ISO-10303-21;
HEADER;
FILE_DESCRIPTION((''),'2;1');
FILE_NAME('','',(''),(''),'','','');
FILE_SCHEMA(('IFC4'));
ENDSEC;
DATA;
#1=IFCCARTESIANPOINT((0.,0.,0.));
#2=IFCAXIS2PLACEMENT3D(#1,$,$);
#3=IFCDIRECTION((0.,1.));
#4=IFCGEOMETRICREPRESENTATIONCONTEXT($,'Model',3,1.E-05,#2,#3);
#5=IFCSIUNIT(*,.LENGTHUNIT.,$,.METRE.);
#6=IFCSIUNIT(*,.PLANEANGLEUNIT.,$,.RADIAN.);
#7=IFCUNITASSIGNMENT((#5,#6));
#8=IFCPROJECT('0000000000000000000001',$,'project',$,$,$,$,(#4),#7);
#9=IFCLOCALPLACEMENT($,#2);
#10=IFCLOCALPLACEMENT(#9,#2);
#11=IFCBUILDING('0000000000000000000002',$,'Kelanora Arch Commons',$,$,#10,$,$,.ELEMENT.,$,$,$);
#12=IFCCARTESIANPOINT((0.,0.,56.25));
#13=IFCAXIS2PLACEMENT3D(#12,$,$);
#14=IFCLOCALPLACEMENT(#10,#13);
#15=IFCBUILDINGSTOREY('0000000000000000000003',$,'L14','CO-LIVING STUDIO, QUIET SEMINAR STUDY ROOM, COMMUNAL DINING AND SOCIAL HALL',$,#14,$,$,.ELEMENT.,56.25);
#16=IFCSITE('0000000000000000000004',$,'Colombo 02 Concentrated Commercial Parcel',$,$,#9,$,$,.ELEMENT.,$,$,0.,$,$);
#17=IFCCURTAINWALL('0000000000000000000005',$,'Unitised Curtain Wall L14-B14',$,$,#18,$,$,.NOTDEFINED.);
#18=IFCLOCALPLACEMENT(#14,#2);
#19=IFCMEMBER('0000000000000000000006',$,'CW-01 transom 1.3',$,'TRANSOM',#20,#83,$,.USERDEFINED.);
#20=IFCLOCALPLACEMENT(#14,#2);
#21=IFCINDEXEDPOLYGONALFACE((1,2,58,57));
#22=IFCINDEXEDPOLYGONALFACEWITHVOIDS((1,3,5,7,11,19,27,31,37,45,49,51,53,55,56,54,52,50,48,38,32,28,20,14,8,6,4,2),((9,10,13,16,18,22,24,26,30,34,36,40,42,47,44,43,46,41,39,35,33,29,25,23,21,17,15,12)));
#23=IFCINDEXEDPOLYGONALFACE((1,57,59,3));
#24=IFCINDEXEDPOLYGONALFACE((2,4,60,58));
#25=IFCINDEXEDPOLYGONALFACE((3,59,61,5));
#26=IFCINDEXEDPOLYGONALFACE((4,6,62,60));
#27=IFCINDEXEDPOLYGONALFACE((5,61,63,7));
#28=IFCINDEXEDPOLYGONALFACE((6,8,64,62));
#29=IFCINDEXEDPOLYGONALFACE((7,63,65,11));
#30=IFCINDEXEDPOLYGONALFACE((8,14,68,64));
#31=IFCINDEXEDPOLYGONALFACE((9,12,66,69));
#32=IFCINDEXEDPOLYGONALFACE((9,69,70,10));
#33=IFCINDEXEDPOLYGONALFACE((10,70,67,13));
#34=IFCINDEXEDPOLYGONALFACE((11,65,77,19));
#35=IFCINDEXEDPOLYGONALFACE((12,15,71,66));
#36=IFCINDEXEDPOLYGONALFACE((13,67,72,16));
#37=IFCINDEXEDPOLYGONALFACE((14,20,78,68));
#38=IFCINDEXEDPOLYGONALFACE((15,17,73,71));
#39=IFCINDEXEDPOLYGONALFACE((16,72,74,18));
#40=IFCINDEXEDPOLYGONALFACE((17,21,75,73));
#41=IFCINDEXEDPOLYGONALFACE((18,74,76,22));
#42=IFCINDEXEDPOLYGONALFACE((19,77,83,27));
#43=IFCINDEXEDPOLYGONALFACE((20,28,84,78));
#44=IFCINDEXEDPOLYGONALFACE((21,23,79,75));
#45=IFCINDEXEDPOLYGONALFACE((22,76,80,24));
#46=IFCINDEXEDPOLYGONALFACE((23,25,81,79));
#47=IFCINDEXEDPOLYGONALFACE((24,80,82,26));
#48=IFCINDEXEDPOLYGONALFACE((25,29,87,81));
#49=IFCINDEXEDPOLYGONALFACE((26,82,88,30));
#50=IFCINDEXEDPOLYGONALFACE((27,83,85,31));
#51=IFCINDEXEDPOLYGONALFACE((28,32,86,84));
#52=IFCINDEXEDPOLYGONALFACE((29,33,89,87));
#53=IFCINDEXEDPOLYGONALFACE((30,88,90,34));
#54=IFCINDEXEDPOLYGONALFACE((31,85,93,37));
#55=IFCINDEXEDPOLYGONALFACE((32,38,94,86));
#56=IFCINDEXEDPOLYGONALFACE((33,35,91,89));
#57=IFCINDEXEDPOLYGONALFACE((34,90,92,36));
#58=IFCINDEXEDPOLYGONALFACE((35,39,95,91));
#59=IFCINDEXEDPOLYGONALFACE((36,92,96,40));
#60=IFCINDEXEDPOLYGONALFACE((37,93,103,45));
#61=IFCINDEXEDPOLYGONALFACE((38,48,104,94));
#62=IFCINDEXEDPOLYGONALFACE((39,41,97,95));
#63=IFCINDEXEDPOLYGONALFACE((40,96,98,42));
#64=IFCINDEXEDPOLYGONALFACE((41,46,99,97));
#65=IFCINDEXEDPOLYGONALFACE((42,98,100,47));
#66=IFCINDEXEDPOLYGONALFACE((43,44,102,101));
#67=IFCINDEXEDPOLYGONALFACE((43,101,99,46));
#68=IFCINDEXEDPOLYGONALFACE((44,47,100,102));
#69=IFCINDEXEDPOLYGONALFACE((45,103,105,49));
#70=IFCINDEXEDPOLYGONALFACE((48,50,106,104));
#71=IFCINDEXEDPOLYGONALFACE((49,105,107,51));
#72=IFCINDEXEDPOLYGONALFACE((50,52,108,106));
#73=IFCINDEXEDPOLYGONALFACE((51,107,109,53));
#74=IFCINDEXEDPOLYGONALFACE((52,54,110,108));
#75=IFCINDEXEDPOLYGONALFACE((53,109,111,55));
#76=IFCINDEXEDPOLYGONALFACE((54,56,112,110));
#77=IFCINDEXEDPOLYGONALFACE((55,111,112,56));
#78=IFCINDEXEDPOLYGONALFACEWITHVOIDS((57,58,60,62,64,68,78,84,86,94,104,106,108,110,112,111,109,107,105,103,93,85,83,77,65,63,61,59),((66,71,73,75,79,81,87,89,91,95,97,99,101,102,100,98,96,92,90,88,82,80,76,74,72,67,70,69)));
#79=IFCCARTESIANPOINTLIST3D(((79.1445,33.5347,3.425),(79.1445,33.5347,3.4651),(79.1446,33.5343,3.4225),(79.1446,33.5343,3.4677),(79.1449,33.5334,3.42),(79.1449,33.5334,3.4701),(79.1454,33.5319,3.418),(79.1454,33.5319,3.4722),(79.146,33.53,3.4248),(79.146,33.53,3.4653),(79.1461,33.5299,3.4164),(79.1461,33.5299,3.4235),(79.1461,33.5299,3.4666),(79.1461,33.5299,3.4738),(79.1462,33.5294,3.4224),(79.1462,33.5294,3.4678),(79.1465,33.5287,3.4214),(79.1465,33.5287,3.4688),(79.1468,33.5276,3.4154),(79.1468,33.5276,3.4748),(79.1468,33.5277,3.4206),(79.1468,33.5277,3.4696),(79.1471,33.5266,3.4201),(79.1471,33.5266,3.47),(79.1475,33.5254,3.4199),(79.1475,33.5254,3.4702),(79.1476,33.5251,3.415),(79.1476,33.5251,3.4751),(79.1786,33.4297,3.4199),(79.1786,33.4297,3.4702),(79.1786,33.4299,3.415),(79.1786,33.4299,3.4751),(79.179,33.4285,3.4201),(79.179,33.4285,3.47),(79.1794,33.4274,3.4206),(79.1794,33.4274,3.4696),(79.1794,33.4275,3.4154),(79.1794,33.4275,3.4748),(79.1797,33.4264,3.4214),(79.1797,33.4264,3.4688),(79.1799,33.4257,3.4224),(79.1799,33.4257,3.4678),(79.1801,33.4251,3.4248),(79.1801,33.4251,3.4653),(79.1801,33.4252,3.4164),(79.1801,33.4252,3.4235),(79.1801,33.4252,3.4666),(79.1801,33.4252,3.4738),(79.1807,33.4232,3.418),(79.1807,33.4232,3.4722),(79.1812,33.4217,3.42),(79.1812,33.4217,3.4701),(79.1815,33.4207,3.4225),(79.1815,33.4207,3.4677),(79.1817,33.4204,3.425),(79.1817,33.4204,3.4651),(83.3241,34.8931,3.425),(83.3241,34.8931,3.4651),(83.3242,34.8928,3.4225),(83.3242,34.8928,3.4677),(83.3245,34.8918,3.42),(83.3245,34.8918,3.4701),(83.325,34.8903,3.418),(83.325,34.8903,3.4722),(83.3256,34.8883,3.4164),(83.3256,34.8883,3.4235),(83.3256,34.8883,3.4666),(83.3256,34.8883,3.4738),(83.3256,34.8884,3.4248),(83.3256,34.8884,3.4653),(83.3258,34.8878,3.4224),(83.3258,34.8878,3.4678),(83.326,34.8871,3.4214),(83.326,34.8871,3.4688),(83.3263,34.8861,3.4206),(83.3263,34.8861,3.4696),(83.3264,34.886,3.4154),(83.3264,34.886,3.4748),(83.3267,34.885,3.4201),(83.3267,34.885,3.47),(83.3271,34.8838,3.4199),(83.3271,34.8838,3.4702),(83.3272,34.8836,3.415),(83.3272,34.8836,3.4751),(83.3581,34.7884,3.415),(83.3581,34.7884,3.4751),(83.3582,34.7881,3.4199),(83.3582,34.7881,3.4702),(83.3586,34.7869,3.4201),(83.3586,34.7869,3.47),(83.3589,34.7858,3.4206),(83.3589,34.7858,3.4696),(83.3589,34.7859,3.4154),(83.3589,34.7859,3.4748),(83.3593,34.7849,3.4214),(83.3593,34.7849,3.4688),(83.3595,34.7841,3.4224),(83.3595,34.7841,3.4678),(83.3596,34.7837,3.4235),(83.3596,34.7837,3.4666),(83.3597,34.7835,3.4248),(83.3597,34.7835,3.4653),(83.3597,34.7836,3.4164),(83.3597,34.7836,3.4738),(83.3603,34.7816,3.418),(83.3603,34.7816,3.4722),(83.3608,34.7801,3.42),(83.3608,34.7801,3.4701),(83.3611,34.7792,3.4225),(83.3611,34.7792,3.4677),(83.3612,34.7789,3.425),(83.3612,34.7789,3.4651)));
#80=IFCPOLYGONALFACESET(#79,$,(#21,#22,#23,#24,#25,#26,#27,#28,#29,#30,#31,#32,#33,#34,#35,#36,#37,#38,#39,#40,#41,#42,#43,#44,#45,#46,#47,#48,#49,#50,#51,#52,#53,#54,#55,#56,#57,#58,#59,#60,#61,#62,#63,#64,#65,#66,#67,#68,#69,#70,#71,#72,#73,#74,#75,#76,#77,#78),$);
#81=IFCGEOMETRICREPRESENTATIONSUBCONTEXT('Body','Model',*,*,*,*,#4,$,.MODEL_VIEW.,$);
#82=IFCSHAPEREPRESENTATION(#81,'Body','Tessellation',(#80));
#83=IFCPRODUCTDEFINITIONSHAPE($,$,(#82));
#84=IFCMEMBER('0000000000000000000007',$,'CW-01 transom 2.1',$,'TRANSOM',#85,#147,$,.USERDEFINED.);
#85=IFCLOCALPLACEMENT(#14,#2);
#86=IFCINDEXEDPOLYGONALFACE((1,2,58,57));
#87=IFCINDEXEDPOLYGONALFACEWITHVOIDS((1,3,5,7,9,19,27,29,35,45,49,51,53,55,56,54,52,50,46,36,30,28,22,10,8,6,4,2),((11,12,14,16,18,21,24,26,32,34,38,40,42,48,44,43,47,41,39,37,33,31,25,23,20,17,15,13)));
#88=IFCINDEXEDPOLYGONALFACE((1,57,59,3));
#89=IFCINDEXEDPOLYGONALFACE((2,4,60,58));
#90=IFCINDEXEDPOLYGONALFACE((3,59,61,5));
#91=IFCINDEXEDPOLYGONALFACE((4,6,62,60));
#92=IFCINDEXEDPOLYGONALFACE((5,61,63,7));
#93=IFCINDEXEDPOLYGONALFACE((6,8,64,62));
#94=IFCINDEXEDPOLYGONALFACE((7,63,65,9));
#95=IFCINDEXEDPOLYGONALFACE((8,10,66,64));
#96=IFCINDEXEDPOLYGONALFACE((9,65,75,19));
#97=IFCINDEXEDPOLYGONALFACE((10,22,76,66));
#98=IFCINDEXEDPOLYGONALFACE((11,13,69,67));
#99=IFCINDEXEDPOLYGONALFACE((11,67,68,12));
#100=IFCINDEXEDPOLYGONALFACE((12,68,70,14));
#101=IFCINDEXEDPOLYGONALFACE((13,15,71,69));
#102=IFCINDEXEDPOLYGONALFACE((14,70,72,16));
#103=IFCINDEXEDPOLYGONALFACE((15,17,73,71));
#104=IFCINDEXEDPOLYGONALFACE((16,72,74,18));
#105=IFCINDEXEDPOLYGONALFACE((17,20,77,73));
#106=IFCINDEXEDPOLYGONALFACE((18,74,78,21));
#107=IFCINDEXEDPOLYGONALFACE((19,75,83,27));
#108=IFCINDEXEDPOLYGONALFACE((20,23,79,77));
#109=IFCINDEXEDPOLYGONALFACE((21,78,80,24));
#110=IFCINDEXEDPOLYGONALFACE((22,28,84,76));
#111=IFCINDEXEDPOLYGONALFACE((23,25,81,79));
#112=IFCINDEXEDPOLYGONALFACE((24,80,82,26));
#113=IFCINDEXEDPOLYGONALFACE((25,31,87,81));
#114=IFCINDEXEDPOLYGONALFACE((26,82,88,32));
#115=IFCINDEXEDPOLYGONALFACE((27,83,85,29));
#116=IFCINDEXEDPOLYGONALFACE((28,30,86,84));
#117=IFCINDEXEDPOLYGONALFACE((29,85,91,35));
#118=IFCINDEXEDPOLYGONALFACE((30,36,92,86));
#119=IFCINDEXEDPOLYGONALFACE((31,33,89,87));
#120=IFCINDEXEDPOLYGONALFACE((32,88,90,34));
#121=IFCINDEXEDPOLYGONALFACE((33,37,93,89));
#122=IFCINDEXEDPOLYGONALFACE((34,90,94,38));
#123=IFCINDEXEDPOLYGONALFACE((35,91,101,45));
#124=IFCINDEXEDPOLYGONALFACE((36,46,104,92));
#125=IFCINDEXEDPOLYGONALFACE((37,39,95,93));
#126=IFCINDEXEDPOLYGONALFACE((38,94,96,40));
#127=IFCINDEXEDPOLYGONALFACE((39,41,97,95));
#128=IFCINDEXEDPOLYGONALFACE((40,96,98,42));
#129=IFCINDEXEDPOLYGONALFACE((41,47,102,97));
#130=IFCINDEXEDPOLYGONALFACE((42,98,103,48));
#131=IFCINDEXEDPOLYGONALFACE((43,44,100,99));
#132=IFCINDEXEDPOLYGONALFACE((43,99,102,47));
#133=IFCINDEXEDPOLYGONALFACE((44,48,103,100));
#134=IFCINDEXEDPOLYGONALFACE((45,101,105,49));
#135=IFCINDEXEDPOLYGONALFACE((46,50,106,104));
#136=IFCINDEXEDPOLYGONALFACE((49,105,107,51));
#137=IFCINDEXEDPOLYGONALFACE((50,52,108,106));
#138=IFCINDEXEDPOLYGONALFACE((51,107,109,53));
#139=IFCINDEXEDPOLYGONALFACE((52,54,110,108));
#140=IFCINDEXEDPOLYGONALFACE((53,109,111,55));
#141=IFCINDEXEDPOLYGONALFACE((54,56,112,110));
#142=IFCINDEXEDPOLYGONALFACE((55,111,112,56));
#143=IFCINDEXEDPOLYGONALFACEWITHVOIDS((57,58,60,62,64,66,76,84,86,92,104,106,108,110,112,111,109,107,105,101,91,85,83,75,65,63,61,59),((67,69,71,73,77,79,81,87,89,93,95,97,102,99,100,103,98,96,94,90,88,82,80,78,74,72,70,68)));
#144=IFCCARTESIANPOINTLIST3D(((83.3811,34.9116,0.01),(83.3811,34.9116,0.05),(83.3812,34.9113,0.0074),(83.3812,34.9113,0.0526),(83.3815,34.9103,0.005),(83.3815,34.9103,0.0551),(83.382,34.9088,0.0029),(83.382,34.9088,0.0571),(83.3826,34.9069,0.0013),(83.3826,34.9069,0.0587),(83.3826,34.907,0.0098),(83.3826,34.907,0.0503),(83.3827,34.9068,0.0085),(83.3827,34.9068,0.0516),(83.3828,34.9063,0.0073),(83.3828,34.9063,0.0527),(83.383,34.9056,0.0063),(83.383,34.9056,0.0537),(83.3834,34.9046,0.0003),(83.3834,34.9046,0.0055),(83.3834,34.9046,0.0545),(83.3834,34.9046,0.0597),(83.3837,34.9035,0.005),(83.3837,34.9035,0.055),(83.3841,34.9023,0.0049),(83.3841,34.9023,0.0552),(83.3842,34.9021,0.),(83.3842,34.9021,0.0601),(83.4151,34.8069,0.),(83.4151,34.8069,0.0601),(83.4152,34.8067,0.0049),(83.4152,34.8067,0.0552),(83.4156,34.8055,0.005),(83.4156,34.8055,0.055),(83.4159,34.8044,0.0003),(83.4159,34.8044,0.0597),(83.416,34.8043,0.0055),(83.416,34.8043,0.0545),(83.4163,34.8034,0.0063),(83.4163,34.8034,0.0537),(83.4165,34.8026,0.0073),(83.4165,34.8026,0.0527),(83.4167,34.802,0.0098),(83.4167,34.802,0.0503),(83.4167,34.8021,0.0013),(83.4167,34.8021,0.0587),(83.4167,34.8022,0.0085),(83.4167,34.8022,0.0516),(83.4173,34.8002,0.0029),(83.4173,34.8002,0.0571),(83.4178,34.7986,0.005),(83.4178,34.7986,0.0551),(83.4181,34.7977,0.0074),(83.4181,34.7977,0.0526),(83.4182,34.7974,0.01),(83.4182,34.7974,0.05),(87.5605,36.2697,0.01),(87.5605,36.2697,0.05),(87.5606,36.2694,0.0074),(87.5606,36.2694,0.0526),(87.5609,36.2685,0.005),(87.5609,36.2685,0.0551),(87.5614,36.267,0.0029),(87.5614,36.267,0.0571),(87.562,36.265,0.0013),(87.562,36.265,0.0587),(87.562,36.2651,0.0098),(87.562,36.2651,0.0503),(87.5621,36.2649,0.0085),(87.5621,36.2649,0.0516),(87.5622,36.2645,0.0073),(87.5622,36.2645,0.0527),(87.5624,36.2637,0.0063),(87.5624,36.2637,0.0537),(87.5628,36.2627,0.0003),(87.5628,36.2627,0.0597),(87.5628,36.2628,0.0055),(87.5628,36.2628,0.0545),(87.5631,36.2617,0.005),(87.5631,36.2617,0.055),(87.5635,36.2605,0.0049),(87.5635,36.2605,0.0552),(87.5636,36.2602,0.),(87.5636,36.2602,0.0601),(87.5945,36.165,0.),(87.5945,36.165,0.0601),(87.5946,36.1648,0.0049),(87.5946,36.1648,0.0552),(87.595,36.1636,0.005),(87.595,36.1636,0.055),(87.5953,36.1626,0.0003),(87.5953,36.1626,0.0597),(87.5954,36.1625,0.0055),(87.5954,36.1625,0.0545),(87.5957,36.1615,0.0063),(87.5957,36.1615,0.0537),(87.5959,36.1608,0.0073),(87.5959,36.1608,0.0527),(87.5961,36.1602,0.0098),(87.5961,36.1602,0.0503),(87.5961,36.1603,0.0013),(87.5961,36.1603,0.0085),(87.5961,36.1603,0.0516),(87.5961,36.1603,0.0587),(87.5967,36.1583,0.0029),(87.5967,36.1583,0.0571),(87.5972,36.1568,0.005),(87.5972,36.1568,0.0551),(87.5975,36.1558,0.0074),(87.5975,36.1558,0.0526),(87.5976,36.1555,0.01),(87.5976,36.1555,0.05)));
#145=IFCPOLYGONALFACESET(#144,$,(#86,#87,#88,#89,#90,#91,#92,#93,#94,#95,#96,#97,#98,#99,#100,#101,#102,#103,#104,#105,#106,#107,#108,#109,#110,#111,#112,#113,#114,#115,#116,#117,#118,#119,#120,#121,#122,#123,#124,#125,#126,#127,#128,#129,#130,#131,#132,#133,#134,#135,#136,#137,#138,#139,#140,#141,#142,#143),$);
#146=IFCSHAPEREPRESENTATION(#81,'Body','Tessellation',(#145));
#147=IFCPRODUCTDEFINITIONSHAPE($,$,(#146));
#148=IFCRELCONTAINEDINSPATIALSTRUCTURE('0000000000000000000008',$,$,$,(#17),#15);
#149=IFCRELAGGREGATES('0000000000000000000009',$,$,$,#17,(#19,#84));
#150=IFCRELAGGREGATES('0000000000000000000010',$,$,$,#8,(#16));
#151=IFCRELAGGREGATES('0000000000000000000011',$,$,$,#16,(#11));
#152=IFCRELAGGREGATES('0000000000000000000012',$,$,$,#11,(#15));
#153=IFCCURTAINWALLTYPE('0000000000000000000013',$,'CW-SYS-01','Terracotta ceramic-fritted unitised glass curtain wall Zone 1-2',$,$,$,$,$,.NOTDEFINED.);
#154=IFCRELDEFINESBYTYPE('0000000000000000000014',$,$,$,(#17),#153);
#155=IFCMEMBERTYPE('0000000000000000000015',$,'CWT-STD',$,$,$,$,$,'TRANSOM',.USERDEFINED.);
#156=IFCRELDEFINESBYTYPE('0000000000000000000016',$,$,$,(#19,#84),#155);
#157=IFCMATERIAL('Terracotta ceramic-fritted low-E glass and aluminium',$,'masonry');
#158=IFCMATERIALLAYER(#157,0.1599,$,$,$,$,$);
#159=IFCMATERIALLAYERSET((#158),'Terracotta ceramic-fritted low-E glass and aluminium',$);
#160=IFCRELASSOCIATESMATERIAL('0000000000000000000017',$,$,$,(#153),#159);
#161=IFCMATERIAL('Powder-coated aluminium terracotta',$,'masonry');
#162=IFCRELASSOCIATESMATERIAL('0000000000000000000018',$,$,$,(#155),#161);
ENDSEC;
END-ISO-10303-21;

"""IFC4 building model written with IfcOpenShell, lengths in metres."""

from ifc_helpers import new_model, si_unit, direction, frame, origin, origin_2d, place, context, subcontext, project, spatial, hollow_rectangle, extrude, material, layer, layer_set, material_profile, profile_set, type_object, element, aggregate, save


model = new_model("IFC4")

# Units and contexts
model_context = context("Model", 3, precision=1e-05, world=origin(), true_north=direction((0.0, 1.0)))
body_context = subcontext(model_context, "Body", "Model", "MODEL_VIEW")
ifc_project = project(units=[si_unit("LENGTHUNIT", "METRE"), si_unit("PLANEANGLEUNIT", "RADIAN")], contexts=[model_context])

# Site, building, storey
site_placement = place(None, origin())
site = spatial("IfcSite", under=ifc_project, at=site_placement, Name="Colombo 02 Concentrated Commercial Parcel", CompositionType="ELEMENT", RefElevation=0.0)
building_placement = place(site_placement, origin())
building = spatial("IfcBuilding", under=site, at=building_placement, Name="Kelanora Arch Commons", CompositionType="ELEMENT")
storey_placement = place(building_placement, frame((0.0, 0.0, 56.25)))
storey = spatial("IfcBuildingStorey", under=building, at=storey_placement, Name="L14", Description="CO-LIVING STUDIO, QUIET SEMINAR STUDY ROOM, COMMUNAL DINING AND SOCIAL HALL", CompositionType="ELEMENT", Elevation=56.25)

# Curtain wall, members
ifc_material_1 = material(Name="Terracotta ceramic-fritted low-E glass and aluminium", Category="masonry")
ifc_layer_1 = layer(ifc_material_1, 0.1599)
ifc_layer_set_1 = layer_set([ifc_layer_1], Name="Terracotta ceramic-fritted low-E glass and aluminium")
curtain_wall_type = type_object("IfcCurtainWallType", Name="CW-SYS-01", Description="Terracotta ceramic-fritted unitised glass curtain wall Zone 1-2", PredefinedType="NOTDEFINED", material=ifc_layer_set_1)
curtain_wall_placement = place(storey_placement, origin())
curtain_wall = element("IfcCurtainWall", 1, at=curtain_wall_placement, inside=storey, type_object=curtain_wall_type, Name="Unitised Curtain Wall L14-B14", PredefinedType="NOTDEFINED")
ifc_material_2 = material(Name="Powder-coated aluminium terracotta", Category="masonry")
ifc_material_profile_1 = material_profile(ifc_material_2, hollow_rectangle(XDim=0.1201, YDim=0.0601, WallThickness=0.0049, InnerFilletRadius=0.0049, OuterFilletRadius=0.01, at=origin_2d()), Name="CWT120x60")
ifc_profile_set_1 = profile_set([ifc_material_profile_1], Name="Powder-coated aluminium terracotta")
member_type_1 = type_object("IfcMemberType", Name="CWT-STD", ElementType="TRANSOM", PredefinedType="USERDEFINED", material=ifc_profile_set_1)
member_1_placement = place(storey_placement, frame((79.1631, 33.4775, 3.4451), z_axis=(0.951029, 0.309102, 0.0), x_axis=(-0.309102, 0.951029, 0.0)))
member_1 = element("IfcMember", 2, at=member_1_placement, type_object=member_type_1, Name="CW-01 transom 1.3", ObjectType="TRANSOM", PredefinedType="USERDEFINED", context=body_context, shape_type="SweptSolid", body=[
    extrude(hollow_rectangle(XDim=0.1201, YDim=0.0601, WallThickness=0.0049, InnerFilletRadius=0.0049, OuterFilletRadius=0.01, at=origin_2d()), origin(), (0.0, 0.0, 1.0), 4.3948),
])
member_2_placement = place(storey_placement, frame((83.3997, 34.8545, 0.03), z_axis=(0.951045, 0.309052, 0.0), x_axis=(-0.309052, 0.951045, 0.0)))
member_2 = element("IfcMember", 3, at=member_2_placement, type_object=member_type_1, Name="CW-01 transom 2.1", ObjectType="TRANSOM", PredefinedType="USERDEFINED", context=body_context, shape_type="SweptSolid", body=[
    extrude(hollow_rectangle(XDim=0.1201, YDim=0.0601, WallThickness=0.0049, InnerFilletRadius=0.0049, OuterFilletRadius=0.01, at=origin_2d()), origin(), (0.0, 0.0, 1.0), 4.3945),
])
aggregate(curtain_wall, [member_1, member_2])

save(model, "model.ifc")
